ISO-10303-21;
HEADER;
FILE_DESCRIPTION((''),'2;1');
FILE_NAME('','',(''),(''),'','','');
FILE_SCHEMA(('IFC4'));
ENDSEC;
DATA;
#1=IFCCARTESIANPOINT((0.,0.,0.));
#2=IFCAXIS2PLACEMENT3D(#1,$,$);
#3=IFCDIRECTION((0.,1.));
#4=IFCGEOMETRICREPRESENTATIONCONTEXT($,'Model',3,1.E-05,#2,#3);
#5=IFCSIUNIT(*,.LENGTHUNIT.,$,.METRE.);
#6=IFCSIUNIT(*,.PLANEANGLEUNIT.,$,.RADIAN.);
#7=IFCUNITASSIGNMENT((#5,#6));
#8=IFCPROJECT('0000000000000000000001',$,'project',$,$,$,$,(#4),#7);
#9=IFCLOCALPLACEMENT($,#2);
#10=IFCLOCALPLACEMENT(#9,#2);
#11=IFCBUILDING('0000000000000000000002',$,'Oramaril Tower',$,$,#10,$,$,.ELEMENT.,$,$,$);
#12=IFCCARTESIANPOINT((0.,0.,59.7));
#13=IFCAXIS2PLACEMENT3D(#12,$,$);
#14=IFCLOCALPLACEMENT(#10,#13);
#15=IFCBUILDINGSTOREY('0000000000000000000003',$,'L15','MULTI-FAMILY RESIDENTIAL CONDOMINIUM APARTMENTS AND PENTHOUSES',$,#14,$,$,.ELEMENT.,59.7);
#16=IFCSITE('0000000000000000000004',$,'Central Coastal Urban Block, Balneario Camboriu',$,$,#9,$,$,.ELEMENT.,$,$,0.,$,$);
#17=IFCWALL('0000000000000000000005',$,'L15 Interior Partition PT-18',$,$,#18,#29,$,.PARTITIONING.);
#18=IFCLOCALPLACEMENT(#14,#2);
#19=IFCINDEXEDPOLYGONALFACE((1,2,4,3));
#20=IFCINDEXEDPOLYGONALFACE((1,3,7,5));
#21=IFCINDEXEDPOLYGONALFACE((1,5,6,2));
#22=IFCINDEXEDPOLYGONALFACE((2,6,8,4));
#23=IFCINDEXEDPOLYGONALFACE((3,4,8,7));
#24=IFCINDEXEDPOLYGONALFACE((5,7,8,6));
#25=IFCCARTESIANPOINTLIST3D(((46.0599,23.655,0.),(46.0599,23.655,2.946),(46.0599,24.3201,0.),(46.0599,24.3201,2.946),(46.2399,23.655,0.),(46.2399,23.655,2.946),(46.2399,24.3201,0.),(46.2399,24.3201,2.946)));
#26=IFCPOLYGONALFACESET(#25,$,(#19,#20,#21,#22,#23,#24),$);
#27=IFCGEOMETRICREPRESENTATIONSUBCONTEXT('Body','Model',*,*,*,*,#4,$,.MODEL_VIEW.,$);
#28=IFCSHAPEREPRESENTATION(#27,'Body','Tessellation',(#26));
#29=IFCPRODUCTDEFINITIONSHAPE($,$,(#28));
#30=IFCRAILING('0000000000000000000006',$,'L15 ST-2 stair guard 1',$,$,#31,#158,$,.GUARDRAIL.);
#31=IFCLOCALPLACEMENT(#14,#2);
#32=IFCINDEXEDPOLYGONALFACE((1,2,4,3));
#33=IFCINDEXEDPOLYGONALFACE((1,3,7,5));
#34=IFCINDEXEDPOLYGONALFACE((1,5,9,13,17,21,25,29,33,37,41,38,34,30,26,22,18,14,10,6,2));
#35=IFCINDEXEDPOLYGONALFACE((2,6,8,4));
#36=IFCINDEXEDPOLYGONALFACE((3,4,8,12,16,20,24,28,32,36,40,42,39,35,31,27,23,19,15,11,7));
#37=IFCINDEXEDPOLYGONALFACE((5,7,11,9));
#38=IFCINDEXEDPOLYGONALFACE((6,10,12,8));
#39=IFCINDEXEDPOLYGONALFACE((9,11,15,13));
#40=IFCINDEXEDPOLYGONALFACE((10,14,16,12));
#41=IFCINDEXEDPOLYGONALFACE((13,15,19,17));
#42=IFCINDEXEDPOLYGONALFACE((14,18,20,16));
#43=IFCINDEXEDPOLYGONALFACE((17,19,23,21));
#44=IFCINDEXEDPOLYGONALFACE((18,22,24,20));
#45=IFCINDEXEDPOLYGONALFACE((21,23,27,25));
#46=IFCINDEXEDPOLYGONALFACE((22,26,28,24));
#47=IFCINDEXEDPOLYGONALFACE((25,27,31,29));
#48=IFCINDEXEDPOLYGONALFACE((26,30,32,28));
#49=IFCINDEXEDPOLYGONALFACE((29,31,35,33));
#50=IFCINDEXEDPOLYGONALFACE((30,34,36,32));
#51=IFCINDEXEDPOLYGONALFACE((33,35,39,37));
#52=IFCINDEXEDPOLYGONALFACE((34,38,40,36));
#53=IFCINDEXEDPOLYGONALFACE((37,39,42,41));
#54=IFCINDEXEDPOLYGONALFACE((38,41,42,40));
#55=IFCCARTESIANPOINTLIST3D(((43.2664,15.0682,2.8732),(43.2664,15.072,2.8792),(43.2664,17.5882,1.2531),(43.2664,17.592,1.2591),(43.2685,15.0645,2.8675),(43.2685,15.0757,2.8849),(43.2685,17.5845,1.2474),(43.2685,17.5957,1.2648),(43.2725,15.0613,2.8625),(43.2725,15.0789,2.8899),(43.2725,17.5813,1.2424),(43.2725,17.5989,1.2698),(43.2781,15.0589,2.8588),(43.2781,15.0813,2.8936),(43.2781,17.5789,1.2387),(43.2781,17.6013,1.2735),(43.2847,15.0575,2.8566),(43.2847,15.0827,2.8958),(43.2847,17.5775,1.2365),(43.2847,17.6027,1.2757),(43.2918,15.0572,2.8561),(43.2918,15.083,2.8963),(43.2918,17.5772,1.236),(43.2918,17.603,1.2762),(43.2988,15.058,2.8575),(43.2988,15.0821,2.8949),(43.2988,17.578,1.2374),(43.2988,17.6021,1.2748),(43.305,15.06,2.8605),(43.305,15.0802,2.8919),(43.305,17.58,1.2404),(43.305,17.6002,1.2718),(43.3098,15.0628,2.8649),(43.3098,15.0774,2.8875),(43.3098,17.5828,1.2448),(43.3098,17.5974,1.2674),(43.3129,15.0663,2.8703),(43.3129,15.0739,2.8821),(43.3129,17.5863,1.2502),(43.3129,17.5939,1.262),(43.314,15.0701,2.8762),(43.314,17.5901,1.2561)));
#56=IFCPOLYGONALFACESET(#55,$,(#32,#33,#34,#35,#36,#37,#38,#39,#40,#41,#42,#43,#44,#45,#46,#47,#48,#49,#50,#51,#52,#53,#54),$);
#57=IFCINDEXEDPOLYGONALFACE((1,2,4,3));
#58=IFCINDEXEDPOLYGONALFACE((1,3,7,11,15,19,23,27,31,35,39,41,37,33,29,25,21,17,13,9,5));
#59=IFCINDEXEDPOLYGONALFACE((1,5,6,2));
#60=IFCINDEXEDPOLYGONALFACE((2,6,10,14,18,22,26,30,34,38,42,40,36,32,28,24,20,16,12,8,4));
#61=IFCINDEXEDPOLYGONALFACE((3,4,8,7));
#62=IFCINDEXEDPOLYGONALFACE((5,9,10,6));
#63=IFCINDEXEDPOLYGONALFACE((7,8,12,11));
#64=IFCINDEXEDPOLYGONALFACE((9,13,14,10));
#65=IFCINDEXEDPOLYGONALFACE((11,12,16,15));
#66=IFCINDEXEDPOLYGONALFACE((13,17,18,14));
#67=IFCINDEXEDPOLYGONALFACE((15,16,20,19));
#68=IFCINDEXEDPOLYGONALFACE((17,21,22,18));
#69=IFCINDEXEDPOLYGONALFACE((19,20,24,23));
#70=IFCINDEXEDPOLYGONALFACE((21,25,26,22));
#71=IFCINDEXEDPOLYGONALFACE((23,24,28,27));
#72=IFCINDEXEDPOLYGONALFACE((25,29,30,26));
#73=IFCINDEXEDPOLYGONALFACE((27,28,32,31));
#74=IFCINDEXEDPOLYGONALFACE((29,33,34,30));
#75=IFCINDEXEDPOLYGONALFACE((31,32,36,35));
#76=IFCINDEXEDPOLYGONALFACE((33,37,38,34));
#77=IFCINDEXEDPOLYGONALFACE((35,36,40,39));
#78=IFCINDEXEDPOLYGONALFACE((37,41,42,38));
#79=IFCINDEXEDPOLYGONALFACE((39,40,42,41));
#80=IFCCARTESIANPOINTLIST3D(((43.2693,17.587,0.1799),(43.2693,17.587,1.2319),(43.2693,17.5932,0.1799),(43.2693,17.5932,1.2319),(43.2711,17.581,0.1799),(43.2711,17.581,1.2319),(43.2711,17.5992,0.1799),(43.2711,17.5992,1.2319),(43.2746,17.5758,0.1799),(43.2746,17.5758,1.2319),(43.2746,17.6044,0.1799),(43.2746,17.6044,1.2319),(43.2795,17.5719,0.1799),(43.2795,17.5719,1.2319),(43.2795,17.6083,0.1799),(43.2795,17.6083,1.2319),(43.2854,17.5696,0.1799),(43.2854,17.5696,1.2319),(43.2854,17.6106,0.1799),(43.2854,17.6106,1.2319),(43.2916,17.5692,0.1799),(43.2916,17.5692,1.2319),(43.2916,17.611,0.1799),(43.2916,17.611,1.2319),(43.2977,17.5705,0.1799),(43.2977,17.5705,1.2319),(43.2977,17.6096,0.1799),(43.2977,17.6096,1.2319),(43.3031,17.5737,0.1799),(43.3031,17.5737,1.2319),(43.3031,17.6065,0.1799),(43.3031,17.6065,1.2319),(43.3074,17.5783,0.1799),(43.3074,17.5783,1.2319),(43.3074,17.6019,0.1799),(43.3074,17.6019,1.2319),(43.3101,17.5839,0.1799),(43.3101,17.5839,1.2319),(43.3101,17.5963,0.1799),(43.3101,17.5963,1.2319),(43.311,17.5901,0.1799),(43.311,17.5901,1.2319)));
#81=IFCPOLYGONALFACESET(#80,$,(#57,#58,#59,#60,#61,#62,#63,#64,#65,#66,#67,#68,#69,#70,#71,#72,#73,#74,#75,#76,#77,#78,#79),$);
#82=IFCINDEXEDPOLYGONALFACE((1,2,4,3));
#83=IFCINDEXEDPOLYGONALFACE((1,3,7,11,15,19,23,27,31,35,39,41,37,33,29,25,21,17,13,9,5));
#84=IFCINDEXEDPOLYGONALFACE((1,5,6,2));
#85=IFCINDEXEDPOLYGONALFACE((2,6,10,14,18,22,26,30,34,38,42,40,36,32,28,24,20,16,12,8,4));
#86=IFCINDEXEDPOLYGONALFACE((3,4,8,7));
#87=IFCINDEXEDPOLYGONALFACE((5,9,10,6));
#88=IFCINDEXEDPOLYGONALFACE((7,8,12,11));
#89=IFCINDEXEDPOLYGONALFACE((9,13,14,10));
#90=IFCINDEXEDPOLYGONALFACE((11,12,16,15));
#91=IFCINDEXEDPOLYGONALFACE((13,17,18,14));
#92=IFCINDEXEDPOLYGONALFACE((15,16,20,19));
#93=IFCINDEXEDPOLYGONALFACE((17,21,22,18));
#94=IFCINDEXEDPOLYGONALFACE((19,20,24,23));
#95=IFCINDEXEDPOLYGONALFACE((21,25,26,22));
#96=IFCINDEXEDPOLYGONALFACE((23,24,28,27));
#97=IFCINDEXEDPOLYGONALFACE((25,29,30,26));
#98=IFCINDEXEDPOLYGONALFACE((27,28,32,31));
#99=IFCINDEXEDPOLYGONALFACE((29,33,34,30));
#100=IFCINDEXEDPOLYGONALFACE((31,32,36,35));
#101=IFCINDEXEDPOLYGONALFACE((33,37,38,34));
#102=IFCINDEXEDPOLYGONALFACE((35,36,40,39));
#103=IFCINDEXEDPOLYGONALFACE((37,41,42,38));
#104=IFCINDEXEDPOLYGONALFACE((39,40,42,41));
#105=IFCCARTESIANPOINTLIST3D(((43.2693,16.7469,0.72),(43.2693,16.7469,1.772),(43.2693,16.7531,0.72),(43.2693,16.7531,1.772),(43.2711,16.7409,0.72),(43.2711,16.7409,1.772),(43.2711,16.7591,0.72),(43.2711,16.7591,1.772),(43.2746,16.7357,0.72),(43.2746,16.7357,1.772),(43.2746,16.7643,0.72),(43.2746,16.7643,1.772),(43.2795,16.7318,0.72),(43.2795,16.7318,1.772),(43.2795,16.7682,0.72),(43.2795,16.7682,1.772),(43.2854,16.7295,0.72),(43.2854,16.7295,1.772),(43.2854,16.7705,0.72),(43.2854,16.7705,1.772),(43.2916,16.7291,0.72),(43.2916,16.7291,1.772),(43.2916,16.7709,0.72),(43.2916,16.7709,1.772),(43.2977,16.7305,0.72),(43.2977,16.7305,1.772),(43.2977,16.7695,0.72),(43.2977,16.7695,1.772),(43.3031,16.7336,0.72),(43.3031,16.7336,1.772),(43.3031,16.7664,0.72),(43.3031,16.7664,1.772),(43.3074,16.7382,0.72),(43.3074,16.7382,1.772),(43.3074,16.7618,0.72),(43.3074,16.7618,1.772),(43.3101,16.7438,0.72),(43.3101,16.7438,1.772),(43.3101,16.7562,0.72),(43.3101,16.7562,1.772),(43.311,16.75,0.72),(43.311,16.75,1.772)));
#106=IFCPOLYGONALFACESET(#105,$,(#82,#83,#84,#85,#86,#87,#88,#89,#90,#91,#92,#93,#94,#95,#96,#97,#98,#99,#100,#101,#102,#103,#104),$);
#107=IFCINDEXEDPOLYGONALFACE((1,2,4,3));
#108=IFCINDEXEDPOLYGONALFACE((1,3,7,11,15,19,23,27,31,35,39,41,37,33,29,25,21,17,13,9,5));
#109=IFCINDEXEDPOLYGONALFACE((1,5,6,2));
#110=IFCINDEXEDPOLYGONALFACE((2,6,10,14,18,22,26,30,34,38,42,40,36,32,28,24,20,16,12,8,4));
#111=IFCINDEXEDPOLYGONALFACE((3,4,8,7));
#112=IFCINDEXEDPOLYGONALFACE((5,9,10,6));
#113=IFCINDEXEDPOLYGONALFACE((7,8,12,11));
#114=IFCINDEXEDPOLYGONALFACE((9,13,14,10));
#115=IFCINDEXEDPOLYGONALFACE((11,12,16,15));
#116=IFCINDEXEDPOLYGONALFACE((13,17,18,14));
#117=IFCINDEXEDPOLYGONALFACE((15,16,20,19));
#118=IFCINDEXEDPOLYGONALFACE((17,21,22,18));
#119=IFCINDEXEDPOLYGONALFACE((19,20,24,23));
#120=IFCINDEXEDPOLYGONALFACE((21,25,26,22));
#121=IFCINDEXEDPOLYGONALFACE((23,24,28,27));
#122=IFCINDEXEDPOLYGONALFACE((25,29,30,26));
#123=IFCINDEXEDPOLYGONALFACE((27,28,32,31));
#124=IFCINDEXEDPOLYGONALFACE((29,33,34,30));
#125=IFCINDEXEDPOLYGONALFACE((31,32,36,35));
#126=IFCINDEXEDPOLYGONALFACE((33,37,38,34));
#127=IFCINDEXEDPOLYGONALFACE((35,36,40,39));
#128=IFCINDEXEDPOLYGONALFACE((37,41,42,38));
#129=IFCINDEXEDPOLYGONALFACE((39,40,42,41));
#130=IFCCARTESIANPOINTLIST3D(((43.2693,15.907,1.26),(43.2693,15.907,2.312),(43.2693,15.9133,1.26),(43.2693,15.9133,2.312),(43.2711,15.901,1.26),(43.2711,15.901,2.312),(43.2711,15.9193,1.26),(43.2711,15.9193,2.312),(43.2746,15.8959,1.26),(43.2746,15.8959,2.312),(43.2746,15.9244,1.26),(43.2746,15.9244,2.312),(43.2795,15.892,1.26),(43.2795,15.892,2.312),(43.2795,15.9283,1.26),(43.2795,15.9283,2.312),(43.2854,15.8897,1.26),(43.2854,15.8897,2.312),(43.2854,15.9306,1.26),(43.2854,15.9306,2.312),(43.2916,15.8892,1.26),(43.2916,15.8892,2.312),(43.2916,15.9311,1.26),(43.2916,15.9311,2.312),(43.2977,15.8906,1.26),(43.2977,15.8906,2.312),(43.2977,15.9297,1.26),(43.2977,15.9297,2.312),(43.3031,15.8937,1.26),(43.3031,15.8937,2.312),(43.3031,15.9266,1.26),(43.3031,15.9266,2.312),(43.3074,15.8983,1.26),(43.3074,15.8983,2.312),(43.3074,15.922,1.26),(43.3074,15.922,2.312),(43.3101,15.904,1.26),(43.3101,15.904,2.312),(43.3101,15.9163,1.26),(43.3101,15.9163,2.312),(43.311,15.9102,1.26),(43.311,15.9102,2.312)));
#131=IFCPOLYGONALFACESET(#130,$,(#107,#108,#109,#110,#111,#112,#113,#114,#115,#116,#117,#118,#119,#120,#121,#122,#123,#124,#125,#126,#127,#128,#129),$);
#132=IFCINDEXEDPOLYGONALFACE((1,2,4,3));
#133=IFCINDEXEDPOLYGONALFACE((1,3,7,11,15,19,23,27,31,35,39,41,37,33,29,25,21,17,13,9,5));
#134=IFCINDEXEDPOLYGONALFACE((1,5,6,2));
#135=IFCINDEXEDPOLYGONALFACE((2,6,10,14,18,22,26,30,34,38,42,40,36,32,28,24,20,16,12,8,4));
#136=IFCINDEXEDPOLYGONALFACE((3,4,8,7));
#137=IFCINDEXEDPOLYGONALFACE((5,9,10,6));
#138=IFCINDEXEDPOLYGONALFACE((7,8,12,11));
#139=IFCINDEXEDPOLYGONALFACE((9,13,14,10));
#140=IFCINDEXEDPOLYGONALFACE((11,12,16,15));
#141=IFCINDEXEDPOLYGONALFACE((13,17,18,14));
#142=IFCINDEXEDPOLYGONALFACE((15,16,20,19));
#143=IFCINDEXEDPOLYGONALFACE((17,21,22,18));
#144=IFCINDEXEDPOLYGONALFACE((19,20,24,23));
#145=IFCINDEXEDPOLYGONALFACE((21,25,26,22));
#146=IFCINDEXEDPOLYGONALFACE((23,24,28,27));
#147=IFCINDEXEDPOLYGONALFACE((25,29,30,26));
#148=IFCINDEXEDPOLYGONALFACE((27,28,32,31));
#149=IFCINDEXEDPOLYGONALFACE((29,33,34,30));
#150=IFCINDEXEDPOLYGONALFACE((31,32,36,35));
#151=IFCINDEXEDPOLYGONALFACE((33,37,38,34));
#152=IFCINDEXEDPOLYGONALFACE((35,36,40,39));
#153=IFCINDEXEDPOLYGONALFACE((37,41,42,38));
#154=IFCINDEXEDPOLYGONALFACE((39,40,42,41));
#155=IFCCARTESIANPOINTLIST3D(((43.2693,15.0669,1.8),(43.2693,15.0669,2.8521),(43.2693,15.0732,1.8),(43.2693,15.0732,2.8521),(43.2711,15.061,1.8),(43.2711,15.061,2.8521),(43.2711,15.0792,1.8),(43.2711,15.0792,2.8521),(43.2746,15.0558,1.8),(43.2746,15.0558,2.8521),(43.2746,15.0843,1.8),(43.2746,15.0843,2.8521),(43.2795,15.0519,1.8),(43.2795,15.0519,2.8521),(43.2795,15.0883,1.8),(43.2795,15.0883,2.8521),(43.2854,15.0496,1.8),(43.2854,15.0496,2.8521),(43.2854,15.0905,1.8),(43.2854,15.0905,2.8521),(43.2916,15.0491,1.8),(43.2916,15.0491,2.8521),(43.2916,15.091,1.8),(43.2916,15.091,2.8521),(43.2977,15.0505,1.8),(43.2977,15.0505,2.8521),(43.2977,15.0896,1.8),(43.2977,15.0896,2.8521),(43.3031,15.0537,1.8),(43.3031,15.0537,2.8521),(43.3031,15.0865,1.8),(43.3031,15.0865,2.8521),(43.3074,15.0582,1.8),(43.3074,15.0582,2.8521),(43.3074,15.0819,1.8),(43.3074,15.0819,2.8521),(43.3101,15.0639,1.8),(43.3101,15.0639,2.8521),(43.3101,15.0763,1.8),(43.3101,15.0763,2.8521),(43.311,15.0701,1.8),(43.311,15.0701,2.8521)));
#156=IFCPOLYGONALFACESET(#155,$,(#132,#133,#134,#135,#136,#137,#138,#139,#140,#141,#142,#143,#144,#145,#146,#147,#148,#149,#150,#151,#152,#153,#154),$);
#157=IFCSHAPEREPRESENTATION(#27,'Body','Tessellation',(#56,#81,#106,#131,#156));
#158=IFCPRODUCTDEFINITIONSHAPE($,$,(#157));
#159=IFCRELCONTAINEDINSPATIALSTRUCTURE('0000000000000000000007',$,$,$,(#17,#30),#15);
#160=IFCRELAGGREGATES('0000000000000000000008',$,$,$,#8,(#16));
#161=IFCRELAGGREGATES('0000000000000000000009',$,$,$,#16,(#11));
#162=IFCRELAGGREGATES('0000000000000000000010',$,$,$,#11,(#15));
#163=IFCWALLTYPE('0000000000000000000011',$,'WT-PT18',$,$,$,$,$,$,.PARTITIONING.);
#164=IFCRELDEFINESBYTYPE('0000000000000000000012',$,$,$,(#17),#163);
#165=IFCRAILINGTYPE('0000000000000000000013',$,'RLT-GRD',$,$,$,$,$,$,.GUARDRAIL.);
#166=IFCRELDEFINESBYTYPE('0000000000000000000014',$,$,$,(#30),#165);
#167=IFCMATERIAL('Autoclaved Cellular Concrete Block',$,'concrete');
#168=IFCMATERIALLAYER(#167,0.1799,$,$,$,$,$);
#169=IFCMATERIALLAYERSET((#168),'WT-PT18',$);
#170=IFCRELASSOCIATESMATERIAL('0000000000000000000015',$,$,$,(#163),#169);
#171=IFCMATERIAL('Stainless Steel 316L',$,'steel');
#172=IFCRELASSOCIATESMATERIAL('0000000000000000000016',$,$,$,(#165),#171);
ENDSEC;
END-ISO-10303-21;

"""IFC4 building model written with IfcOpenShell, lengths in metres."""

from ifc_helpers import new_model, si_unit, direction, frame, frame_2d, origin, origin_2d, place, context, subcontext, project, spatial, rectangle, circle, extrude, material, layer, layer_set, type_object, element, save


model = new_model("IFC4")

# Units and contexts
model_context = context("Model", 3, precision=1e-05, world=origin(), true_north=direction((0.0, 1.0)))
body_context = subcontext(model_context, "Body", "Model", "MODEL_VIEW")
ifc_project = project(units=[si_unit("LENGTHUNIT", "METRE"), si_unit("PLANEANGLEUNIT", "RADIAN")], contexts=[model_context])

# Site, building, storey
site_placement = place(None, origin())
site = spatial("IfcSite", under=ifc_project, at=site_placement, Name="Central Coastal Urban Block, Balneario Camboriu", CompositionType="ELEMENT", RefElevation=0.0)
building_placement = place(site_placement, origin())
building = spatial("IfcBuilding", under=site, at=building_placement, Name="Oramaril Tower", CompositionType="ELEMENT")
storey_placement = place(building_placement, frame((0.0, 0.0, 59.7)))
storey = spatial("IfcBuildingStorey", under=building, at=storey_placement, Name="L15", Description="MULTI-FAMILY RESIDENTIAL CONDOMINIUM APARTMENTS AND PENTHOUSES", CompositionType="ELEMENT", Elevation=59.7)

# Wall
ifc_material_1 = material(Name="Autoclaved Cellular Concrete Block", Category="concrete")
ifc_layer_1 = layer(ifc_material_1, 0.1799)
ifc_layer_set_1 = layer_set([ifc_layer_1], Name="WT-PT18")
wall_type_1 = type_object("IfcWallType", Name="WT-PT18", PredefinedType="PARTITIONING", material=ifc_layer_set_1)
wall_1_placement = place(storey_placement, frame((46.1499, 23.655, 0.0), z_axis=(0.0, 0.0, 1.0), x_axis=(0.0, 1.0, 0.0)))
element("IfcWall", 1, at=wall_1_placement, inside=storey, type_object=wall_type_1, Name="L15 Interior Partition PT-18", PredefinedType="PARTITIONING", context=body_context, shape_type="SweptSolid", body=[
    extrude(rectangle(XDim=0.665, YDim=0.1799, at=frame_2d((0.3325, 0.0))), origin(), (0.0, 0.0, 1.0), 2.946),
])

# Railing
ifc_material_2 = material(Name="Stainless Steel 316L", Category="steel")
railing_type = type_object("IfcRailingType", Name="RLT-GRD", PredefinedType="GUARDRAIL", material=ifc_material_2)
railing_1_placement = place(storey_placement, frame((43.29, 17.5901, 0.1799)))
element("IfcRailing", 2, at=railing_1_placement, inside=storey, type_object=railing_type, Name="L15 ST-2 stair guard 1", PredefinedType="GUARDRAIL", context=body_context, shape_type="SweptSolid", body=[
    extrude(circle(Radius=0.0239, at=origin_2d()), frame((0.0, 0.0, 1.0762), z_axis=(0.0, -0.841163, 0.540782), x_axis=(1.0, 0.0, 0.0)), (0.0, 0.0, 1.0), 2.9958),
    extrude(circle(Radius=0.021, at=origin_2d()), origin(), (0.0, 0.0, 1.0), 1.052),
    extrude(circle(Radius=0.021, at=origin_2d()), frame((0.0, -0.8401, 0.54)), (0.0, 0.0, 1.0), 1.052),
    extrude(circle(Radius=0.021, at=origin_2d()), frame((0.0, -1.6799, 1.0801)), (0.0, 0.0, 1.0), 1.052),
    extrude(circle(Radius=0.021, at=origin_2d()), frame((0.0, -2.52, 1.6201)), (0.0, 0.0, 1.0), 1.052),
])

save(model, "model.ifc")
